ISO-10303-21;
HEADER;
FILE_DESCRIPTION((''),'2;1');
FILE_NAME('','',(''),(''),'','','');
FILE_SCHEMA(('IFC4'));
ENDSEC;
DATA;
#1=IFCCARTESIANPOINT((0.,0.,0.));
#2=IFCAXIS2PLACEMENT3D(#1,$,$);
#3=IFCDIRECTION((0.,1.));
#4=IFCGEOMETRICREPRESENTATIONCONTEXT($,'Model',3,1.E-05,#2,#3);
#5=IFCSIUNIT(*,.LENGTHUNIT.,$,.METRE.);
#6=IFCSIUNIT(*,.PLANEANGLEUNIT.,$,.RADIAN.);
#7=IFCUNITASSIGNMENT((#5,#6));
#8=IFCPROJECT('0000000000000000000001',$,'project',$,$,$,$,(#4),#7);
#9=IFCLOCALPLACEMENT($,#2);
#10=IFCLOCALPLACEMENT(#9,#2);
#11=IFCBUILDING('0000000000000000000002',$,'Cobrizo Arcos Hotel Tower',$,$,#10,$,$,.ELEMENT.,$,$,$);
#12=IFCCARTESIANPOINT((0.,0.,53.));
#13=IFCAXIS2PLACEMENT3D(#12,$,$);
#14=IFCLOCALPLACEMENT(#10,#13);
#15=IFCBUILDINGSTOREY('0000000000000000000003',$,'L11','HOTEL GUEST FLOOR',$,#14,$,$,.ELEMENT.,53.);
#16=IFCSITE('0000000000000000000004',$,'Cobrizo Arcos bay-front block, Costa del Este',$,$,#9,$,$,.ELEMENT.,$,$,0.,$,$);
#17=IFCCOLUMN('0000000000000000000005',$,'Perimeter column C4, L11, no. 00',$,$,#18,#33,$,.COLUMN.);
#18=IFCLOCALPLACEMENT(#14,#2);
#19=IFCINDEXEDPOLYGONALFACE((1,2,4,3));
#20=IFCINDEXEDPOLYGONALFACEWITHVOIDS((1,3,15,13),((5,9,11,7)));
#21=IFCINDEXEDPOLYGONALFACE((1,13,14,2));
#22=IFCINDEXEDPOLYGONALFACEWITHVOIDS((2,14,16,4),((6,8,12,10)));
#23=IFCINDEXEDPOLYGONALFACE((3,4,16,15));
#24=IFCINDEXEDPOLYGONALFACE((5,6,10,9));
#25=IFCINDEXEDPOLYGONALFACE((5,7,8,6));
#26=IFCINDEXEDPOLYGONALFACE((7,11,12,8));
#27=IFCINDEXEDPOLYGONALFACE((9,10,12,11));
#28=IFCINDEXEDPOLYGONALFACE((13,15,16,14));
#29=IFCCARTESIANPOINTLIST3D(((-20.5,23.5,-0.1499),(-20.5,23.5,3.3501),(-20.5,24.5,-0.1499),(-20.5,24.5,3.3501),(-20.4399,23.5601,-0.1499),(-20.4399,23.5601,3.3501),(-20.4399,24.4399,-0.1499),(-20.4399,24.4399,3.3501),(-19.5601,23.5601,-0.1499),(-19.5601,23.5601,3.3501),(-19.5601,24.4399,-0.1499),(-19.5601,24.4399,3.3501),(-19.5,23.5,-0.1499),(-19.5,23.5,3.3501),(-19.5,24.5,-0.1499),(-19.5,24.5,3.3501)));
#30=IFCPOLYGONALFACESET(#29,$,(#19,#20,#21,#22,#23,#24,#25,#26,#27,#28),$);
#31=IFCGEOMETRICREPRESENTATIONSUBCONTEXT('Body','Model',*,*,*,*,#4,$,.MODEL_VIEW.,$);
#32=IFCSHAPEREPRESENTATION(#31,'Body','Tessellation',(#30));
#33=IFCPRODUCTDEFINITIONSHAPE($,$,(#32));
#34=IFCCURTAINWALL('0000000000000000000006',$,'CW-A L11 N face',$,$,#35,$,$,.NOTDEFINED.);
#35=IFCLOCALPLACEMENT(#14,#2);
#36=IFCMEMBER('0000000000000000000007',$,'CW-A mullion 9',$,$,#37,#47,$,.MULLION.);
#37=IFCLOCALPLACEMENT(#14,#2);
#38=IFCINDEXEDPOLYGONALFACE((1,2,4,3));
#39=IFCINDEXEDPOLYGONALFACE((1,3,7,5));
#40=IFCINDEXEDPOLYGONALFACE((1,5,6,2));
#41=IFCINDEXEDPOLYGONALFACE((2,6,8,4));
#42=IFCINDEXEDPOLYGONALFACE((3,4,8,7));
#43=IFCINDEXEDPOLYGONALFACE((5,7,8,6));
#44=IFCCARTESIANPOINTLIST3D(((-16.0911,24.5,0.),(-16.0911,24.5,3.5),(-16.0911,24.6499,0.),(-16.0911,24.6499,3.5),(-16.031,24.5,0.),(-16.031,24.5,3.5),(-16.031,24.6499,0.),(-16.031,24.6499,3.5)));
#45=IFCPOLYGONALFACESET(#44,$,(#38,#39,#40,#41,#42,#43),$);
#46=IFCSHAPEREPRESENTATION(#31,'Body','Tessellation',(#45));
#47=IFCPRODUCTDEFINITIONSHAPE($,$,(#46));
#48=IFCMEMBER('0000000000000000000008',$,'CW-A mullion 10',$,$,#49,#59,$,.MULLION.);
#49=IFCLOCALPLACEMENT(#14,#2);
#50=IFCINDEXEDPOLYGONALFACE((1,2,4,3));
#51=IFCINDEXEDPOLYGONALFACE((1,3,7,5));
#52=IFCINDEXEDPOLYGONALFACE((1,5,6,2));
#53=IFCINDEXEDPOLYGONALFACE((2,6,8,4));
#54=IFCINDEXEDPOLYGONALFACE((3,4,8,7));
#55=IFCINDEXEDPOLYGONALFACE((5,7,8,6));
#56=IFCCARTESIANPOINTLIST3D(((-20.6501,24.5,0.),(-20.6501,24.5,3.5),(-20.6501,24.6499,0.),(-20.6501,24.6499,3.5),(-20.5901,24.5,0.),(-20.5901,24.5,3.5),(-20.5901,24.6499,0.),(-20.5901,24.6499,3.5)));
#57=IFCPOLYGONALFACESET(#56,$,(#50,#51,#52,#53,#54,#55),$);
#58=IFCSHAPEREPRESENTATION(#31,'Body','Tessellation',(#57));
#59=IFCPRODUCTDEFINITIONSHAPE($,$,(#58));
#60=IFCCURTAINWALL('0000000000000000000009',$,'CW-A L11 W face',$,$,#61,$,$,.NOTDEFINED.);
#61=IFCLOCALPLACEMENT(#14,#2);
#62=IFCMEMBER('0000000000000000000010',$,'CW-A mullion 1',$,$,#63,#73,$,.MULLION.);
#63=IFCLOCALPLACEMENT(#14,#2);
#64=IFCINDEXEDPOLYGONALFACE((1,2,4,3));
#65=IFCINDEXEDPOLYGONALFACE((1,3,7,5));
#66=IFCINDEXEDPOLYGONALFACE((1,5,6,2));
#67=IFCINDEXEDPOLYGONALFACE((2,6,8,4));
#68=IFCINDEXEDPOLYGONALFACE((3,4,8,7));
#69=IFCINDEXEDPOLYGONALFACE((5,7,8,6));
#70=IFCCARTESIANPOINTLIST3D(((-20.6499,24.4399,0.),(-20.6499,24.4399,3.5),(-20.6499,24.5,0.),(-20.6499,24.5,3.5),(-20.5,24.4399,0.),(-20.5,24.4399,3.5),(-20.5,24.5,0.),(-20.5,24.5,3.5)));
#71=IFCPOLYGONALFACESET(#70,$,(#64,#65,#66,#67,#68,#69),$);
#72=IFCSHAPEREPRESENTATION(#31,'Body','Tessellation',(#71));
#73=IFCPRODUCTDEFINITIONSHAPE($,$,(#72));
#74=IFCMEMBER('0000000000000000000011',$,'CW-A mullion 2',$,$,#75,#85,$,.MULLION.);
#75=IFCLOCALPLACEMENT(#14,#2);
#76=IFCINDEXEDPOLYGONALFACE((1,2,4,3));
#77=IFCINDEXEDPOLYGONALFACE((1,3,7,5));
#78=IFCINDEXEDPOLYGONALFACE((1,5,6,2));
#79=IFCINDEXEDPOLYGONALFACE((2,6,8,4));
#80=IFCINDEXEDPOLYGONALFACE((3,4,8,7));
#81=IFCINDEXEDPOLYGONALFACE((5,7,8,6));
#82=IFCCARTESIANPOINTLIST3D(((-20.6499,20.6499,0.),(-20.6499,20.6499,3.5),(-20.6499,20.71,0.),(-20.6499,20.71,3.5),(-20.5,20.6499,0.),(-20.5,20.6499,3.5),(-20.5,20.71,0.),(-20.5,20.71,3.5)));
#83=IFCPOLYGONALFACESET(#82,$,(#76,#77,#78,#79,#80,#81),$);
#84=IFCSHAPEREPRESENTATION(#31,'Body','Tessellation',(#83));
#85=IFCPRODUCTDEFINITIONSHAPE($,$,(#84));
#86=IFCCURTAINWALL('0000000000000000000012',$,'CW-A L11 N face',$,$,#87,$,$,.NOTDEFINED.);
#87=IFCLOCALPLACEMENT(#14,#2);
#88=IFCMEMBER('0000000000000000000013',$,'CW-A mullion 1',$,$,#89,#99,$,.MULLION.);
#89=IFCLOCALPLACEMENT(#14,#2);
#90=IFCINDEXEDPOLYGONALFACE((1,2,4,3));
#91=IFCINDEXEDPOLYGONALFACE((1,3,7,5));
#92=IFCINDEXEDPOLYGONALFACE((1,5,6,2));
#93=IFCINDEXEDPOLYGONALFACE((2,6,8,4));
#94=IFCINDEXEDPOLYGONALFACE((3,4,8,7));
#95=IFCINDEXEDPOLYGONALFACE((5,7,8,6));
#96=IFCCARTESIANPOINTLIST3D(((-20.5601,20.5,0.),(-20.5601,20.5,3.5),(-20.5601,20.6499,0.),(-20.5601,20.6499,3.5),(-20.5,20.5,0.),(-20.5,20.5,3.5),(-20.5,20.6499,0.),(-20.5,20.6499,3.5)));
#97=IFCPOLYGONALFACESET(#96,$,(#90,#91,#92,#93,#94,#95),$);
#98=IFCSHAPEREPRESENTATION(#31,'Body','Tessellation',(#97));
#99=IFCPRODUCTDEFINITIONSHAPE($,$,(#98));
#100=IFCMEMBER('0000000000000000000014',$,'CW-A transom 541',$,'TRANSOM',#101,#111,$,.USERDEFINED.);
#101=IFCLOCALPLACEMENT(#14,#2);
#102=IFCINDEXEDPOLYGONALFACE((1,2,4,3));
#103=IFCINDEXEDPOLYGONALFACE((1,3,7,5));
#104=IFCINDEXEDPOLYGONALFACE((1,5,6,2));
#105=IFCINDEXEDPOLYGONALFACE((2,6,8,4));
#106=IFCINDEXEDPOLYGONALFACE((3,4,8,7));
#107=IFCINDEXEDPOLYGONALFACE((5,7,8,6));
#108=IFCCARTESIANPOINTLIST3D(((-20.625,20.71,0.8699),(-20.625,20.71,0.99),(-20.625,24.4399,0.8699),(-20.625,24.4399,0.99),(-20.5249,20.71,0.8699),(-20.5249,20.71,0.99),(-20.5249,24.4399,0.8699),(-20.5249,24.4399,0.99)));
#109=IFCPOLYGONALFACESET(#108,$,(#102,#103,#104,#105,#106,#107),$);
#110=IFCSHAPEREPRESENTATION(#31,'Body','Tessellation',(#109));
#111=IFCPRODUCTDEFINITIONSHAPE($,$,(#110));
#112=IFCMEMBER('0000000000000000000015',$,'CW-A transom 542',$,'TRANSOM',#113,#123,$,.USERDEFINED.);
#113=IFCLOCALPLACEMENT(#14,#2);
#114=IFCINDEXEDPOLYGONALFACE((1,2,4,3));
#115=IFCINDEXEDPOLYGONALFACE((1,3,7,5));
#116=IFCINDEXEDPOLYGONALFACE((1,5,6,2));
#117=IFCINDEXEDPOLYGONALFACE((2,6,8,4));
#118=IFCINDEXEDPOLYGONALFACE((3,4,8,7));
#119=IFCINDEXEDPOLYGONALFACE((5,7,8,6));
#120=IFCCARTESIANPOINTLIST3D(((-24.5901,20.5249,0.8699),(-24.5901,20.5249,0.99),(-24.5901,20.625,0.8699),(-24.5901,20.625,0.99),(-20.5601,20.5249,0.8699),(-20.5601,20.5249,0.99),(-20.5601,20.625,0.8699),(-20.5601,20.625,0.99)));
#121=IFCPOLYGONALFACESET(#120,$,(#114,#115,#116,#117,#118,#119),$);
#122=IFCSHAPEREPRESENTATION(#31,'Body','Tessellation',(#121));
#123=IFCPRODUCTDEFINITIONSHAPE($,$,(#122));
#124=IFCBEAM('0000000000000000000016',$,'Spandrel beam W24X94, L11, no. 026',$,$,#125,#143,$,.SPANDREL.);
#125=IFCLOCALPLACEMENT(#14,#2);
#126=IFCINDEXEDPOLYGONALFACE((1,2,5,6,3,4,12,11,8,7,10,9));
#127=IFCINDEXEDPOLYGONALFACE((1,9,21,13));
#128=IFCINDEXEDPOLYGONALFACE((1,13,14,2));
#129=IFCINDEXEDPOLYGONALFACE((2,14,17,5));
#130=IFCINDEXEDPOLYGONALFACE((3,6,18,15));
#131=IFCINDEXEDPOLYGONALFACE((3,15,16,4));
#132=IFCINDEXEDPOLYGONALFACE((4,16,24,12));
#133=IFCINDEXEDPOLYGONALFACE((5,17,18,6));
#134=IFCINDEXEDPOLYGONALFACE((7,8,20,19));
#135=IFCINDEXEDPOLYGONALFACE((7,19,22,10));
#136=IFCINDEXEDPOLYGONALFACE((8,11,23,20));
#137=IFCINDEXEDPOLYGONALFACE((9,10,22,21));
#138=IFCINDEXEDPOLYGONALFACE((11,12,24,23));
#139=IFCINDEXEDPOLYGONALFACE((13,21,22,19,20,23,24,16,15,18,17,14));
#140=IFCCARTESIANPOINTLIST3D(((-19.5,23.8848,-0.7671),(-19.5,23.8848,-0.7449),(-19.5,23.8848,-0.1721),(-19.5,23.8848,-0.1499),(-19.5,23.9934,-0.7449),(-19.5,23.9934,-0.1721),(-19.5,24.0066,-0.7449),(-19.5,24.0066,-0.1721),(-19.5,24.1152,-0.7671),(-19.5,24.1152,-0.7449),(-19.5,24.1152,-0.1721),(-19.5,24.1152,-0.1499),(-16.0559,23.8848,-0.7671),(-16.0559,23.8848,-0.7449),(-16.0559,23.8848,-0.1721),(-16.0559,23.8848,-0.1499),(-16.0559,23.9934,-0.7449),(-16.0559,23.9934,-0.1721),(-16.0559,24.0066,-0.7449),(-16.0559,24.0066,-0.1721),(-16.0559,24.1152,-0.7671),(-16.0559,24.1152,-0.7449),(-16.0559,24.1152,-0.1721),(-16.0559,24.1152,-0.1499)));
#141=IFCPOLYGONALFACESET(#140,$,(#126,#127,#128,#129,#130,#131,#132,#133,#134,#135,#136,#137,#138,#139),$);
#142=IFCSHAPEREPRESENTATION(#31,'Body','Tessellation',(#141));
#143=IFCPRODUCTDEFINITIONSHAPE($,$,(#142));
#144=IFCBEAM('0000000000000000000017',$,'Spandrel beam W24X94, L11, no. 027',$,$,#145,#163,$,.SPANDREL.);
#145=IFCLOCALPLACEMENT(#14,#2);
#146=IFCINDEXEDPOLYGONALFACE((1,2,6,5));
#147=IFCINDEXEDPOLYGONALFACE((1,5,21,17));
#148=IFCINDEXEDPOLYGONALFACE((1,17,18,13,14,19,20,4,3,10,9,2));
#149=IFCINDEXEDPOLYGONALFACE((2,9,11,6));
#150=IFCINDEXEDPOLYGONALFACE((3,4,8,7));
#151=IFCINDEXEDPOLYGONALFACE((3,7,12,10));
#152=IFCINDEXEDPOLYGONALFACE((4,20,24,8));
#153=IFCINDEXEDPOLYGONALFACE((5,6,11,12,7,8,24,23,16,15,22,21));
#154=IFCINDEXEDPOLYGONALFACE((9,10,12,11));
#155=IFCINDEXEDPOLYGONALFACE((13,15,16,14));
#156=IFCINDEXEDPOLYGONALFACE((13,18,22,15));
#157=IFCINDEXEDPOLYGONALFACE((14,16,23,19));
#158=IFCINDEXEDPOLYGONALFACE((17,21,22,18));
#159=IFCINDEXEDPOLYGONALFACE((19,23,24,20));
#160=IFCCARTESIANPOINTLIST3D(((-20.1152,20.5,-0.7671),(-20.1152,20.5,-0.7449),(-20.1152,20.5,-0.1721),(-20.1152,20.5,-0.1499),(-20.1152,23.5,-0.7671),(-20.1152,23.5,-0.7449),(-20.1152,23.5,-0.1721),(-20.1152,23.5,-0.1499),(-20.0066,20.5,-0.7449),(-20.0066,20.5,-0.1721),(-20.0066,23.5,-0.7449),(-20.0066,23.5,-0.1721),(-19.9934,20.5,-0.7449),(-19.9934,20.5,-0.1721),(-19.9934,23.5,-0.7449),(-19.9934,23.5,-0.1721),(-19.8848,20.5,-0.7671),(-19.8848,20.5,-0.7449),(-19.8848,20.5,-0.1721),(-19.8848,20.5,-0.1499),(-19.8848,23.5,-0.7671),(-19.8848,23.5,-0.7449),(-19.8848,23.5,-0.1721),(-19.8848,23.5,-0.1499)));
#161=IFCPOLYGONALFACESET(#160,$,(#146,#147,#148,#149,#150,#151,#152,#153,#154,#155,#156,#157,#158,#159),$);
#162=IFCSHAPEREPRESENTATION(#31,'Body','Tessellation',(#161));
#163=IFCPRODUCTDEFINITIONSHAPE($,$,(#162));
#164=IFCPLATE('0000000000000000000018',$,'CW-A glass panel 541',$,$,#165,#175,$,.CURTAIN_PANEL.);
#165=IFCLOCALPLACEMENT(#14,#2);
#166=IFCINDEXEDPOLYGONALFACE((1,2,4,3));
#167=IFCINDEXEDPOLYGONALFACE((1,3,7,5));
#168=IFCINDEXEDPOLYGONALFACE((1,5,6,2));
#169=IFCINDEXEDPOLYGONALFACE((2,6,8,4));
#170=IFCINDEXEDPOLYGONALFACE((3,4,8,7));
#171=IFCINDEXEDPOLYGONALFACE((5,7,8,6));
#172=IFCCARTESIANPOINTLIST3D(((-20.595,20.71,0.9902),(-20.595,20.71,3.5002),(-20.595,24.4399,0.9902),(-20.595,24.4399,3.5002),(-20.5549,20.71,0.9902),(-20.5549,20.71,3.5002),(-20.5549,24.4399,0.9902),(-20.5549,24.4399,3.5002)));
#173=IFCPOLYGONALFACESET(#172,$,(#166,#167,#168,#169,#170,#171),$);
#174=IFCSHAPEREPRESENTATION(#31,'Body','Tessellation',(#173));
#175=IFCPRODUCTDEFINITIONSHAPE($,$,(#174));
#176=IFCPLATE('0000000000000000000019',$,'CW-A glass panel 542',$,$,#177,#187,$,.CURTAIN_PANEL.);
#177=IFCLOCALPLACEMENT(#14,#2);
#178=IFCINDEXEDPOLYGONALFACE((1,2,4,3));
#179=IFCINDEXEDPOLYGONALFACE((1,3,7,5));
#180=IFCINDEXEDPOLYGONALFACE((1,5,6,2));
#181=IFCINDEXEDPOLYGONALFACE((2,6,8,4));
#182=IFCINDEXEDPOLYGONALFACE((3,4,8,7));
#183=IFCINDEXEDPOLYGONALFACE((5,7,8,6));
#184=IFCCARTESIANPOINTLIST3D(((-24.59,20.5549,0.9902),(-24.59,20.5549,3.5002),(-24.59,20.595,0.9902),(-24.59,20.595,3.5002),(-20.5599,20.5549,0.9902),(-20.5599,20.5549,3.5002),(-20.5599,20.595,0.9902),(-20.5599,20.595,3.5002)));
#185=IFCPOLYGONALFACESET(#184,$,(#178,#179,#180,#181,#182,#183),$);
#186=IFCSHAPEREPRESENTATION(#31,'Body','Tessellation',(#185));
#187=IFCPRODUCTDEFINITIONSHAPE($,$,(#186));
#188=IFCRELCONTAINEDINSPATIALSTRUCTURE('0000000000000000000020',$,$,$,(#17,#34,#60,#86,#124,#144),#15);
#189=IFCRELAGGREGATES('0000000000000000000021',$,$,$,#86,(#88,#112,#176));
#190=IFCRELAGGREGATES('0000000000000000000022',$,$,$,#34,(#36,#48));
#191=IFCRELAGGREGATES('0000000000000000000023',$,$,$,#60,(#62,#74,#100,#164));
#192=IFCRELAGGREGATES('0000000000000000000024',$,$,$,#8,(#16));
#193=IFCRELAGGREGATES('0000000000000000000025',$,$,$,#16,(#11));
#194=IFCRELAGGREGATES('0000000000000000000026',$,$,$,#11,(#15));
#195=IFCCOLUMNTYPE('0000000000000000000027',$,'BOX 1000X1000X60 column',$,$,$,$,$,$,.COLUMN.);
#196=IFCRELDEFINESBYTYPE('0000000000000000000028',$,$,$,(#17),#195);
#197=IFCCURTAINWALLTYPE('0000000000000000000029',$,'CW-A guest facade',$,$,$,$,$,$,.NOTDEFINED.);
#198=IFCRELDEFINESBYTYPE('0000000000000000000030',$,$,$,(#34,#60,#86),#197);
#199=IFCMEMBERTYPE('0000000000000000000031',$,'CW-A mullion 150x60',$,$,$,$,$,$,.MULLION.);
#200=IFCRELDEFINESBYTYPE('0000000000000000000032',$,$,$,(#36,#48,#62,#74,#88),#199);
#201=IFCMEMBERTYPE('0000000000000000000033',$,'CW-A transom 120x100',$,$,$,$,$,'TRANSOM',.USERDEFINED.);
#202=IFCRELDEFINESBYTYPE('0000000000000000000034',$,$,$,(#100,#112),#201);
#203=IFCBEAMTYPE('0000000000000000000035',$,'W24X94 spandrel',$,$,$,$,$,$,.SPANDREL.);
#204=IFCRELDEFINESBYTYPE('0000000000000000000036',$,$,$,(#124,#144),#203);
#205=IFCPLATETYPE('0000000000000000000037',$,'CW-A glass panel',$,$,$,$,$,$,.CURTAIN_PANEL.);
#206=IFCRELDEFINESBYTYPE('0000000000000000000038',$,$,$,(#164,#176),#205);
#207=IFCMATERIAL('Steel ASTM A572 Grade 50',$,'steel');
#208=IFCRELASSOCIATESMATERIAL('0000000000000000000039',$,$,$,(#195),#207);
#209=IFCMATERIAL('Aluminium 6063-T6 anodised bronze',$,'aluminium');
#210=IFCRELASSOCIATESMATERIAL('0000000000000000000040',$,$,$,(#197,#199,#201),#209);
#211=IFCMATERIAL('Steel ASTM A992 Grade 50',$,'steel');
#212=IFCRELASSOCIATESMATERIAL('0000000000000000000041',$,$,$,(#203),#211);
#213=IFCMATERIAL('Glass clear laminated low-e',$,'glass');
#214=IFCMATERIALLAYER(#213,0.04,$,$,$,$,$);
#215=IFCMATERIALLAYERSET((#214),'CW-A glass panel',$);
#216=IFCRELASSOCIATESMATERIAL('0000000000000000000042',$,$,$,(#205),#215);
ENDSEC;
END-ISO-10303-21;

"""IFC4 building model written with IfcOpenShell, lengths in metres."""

from ifc_helpers import new_model, si_unit, direction, frame, origin, origin_2d, place, context, subcontext, project, spatial, rectangle, hollow_rectangle, i_section, extrude, material, layer, layer_set, material_profile, profile_set, type_object, element, aggregate, save


model = new_model("IFC4")

# Units and contexts
model_context = context("Model", 3, precision=1e-05, world=origin(), true_north=direction((0.0, 1.0)))
body_context = subcontext(model_context, "Body", "Model", "MODEL_VIEW")
ifc_project = project(units=[si_unit("LENGTHUNIT", "METRE"), si_unit("PLANEANGLEUNIT", "RADIAN")], contexts=[model_context])

# Site, building, storey
site_placement = place(None, origin())
site = spatial("IfcSite", under=ifc_project, at=site_placement, Name="Cobrizo Arcos bay-front block, Costa del Este", CompositionType="ELEMENT", RefElevation=0.0)
building_placement = place(site_placement, origin())
building = spatial("IfcBuilding", under=site, at=building_placement, Name="Cobrizo Arcos Hotel Tower", CompositionType="ELEMENT")
storey_placement = place(building_placement, frame((0.0, 0.0, 53.0)))
storey = spatial("IfcBuildingStorey", under=building, at=storey_placement, Name="L11", Description="HOTEL GUEST FLOOR", CompositionType="ELEMENT", Elevation=53.0)

# Column
ifc_material_1 = material(Name="Steel ASTM A572 Grade 50", Category="steel")
ifc_material_profile_1 = material_profile(ifc_material_1, hollow_rectangle(XDim=1.0, YDim=1.0, WallThickness=0.0601, at=origin_2d()), Name="BOX 1000X1000X60")
ifc_profile_set_1 = profile_set([ifc_material_profile_1], Name="Steel ASTM A572 Grade 50")
column_type = type_object("IfcColumnType", Name="BOX 1000X1000X60 column", PredefinedType="COLUMN", material=ifc_profile_set_1)
column_placement = place(storey_placement, frame((-20.0, 24.0, -0.1499), z_axis=(0.0, 0.0, 1.0), x_axis=(1.0, 0.0, 0.0)))
element("IfcColumn", 1, at=column_placement, inside=storey, type_object=column_type, Name="Perimeter column C4, L11, no. 00", PredefinedType="COLUMN", context=body_context, shape_type="SweptSolid", body=[
    extrude(hollow_rectangle(XDim=1.0, YDim=1.0, WallThickness=0.0601, at=origin_2d()), origin(), (0.0, 0.0, 1.0), 3.5),
])

# Curtain walls, members
ifc_material_2 = material(Name="Aluminium 6063-T6 anodised bronze", Category="aluminium")
curtain_wall_type = type_object("IfcCurtainWallType", Name="CW-A guest facade", PredefinedType="NOTDEFINED", material=ifc_material_2)
curtain_wall_1_placement = place(storey_placement, origin())
curtain_wall_1 = element("IfcCurtainWall", 2, at=curtain_wall_1_placement, inside=storey, type_object=curtain_wall_type, Name="CW-A L11 N face", PredefinedType="NOTDEFINED")
ifc_material_profile_2 = material_profile(ifc_material_2, rectangle(XDim=0.1499, YDim=0.0601, at=origin_2d()), Name="CW-A mullion 150x60")
ifc_profile_set_2 = profile_set([ifc_material_profile_2], Name="Aluminium 6063-T6 anodised bronze")
member_type_1 = type_object("IfcMemberType", Name="CW-A mullion 150x60", PredefinedType="MULLION", material=ifc_profile_set_2)
member_1_placement = place(storey_placement, frame((-16.061, 24.575, 0.0), z_axis=(0.0, 0.0, 1.0), x_axis=(0.0, 1.0, 0.0)))
member_1 = element("IfcMember", 3, at=member_1_placement, type_object=member_type_1, Name="CW-A mullion 9", PredefinedType="MULLION", context=body_context, shape_type="SweptSolid", body=[
    extrude(rectangle(XDim=0.1499, YDim=0.0601, at=origin_2d()), origin(), (0.0, 0.0, 1.0), 3.5),
])
member_2_placement = place(storey_placement, frame((-20.6201, 24.575, 0.0), z_axis=(0.0, 0.0, 1.0), x_axis=(0.0, 1.0, 0.0)))
member_2 = element("IfcMember", 4, at=member_2_placement, type_object=member_type_1, Name="CW-A mullion 10", PredefinedType="MULLION", context=body_context, shape_type="SweptSolid", body=[
    extrude(rectangle(XDim=0.1499, YDim=0.0601, at=origin_2d()), origin(), (0.0, 0.0, 1.0), 3.5),
])
curtain_wall_2_placement = place(storey_placement, origin())
curtain_wall_2 = element("IfcCurtainWall", 5, at=curtain_wall_2_placement, inside=storey, type_object=curtain_wall_type, Name="CW-A L11 W face", PredefinedType="NOTDEFINED")
member_3_placement = place(storey_placement, frame((-20.575, 24.47, 0.0), z_axis=(0.0, 0.0, 1.0), x_axis=(-1.0, 0.0, 0.0)))
member_3 = element("IfcMember", 6, at=member_3_placement, type_object=member_type_1, Name="CW-A mullion 1", PredefinedType="MULLION", context=body_context, shape_type="SweptSolid", body=[
    extrude(rectangle(XDim=0.1499, YDim=0.0601, at=origin_2d()), origin(), (0.0, 0.0, 1.0), 3.5),
])
member_4_placement = place(storey_placement, frame((-20.575, 20.6799, 0.0), z_axis=(0.0, 0.0, 1.0), x_axis=(-1.0, 0.0, 0.0)))
member_4 = element("IfcMember", 7, at=member_4_placement, type_object=member_type_1, Name="CW-A mullion 2", PredefinedType="MULLION", context=body_context, shape_type="SweptSolid", body=[
    extrude(rectangle(XDim=0.1499, YDim=0.0601, at=origin_2d()), origin(), (0.0, 0.0, 1.0), 3.5),
])

# Curtain wall, member
curtain_wall_3_placement = place(storey_placement, origin())
curtain_wall_3 = element("IfcCurtainWall", 8, at=curtain_wall_3_placement, inside=storey, type_object=curtain_wall_type, Name="CW-A L11 N face", PredefinedType="NOTDEFINED")
member_5_placement = place(storey_placement, frame((-20.53, 20.575, 0.0), z_axis=(0.0, 0.0, 1.0), x_axis=(0.0, 1.0, 0.0)))
member_5 = element("IfcMember", 9, at=member_5_placement, type_object=member_type_1, Name="CW-A mullion 1", PredefinedType="MULLION", context=body_context, shape_type="SweptSolid", body=[
    extrude(rectangle(XDim=0.1499, YDim=0.0601, at=origin_2d()), origin(), (0.0, 0.0, 1.0), 3.5),
])

# Members
ifc_material_profile_3 = material_profile(ifc_material_2, rectangle(XDim=0.1001, YDim=0.1201, at=origin_2d()), Name="CW-A transom 120x100")
ifc_profile_set_3 = profile_set([ifc_material_profile_3], Name="Aluminium 6063-T6 anodised bronze")
member_type_2 = type_object("IfcMemberType", Name="CW-A transom 120x100", ElementType="TRANSOM", PredefinedType="USERDEFINED", material=ifc_profile_set_3)
member_6_placement = place(storey_placement, frame((-20.575, 24.4399, 0.9299), z_axis=(0.0, -1.0, 0.0), x_axis=(1.0, 0.0, 0.0)))
member_6 = element("IfcMember", 10, at=member_6_placement, type_object=member_type_2, Name="CW-A transom 541", ObjectType="TRANSOM", PredefinedType="USERDEFINED", context=body_context, shape_type="SweptSolid", body=[
    extrude(rectangle(XDim=0.1001, YDim=0.1201, at=origin_2d()), origin(), (0.0, 0.0, 1.0), 3.73),
])
member_7_placement = place(storey_placement, frame((-20.5601, 20.575, 0.9299), z_axis=(-1.0, 0.0, 0.0), x_axis=(0.0, -1.0, 0.0)))
member_7 = element("IfcMember", 11, at=member_7_placement, type_object=member_type_2, Name="CW-A transom 542", ObjectType="TRANSOM", PredefinedType="USERDEFINED", context=body_context, shape_type="SweptSolid", body=[
    extrude(rectangle(XDim=0.1001, YDim=0.1201, at=origin_2d()), origin(), (0.0, 0.0, 1.0), 4.03),
])

# Beams
ifc_material_3 = material(Name="Steel ASTM A992 Grade 50", Category="steel")
ifc_material_profile_4 = material_profile(ifc_material_3, i_section(OverallWidth=0.2305, OverallDepth=0.6172, WebThickness=0.0132, FlangeThickness=0.0222, at=origin_2d()), Name="W24X94")
ifc_profile_set_4 = profile_set([ifc_material_profile_4], Name="Steel ASTM A992 Grade 50")
beam_type = type_object("IfcBeamType", Name="W24X94 spandrel", PredefinedType="SPANDREL", material=ifc_profile_set_4)
beam_1_placement = place(storey_placement, frame((-16.0559, 24.0, -0.4585), z_axis=(-1.0, 0.0, 0.0), x_axis=(0.0, -1.0, 0.0)))
element("IfcBeam", 12, at=beam_1_placement, inside=storey, type_object=beam_type, Name="Spandrel beam W24X94, L11, no. 026", PredefinedType="SPANDREL", context=body_context, shape_type="SweptSolid", body=[
    extrude(i_section(OverallWidth=0.2305, OverallDepth=0.6172, WebThickness=0.0132, FlangeThickness=0.0222, at=origin_2d()), origin(), (0.0, 0.0, 1.0), 3.4441),
])
beam_2_placement = place(storey_placement, frame((-20.0, 23.5, -0.4585), z_axis=(0.0, -1.0, 0.0), x_axis=(1.0, 0.0, 0.0)))
element("IfcBeam", 13, at=beam_2_placement, inside=storey, type_object=beam_type, Name="Spandrel beam W24X94, L11, no. 027", PredefinedType="SPANDREL", context=body_context, shape_type="SweptSolid", body=[
    extrude(i_section(OverallWidth=0.2305, OverallDepth=0.6172, WebThickness=0.0132, FlangeThickness=0.0222, at=origin_2d()), origin(), (0.0, 0.0, 1.0), 3.0),
])

# Plates
ifc_material_4 = material(Name="Glass clear laminated low-e", Category="glass")
ifc_layer_1 = layer(ifc_material_4, 0.04)
ifc_layer_set_1 = layer_set([ifc_layer_1], Name="CW-A glass panel")
plate_type_1 = type_object("IfcPlateType", Name="CW-A glass panel", PredefinedType="CURTAIN_PANEL", material=ifc_layer_set_1)
plate_1_placement = place(storey_placement, frame((-20.575, 22.575, 0.9902), z_axis=(0.0, 0.0, 1.0), x_axis=(0.0, -1.0, 0.0)))
plate_1 = element("IfcPlate", 14, at=plate_1_placement, type_object=plate_type_1, Name="CW-A glass panel 541", PredefinedType="CURTAIN_PANEL", context=body_context, shape_type="SweptSolid", body=[
    extrude(rectangle(XDim=3.73, YDim=0.04, at=origin_2d()), origin(), (0.0, 0.0, 1.0), 2.51),
])
plate_2_placement = place(storey_placement, frame((-22.575, 20.575, 0.9902), z_axis=(0.0, 0.0, 1.0), x_axis=(-1.0, 0.0, 0.0)))
plate_2 = element("IfcPlate", 15, at=plate_2_placement, type_object=plate_type_1, Name="CW-A glass panel 542", PredefinedType="CURTAIN_PANEL", context=body_context, shape_type="SweptSolid", body=[
    extrude(rectangle(XDim=4.03, YDim=0.04, at=origin_2d()), origin(), (0.0, 0.0, 1.0), 2.51),
])
aggregate(curtain_wall_3, [member_5, member_7, plate_2])
aggregate(curtain_wall_1, [member_1, member_2])
aggregate(curtain_wall_2, [member_3, member_4, member_6, plate_1])

save(model, "model.ifc")
